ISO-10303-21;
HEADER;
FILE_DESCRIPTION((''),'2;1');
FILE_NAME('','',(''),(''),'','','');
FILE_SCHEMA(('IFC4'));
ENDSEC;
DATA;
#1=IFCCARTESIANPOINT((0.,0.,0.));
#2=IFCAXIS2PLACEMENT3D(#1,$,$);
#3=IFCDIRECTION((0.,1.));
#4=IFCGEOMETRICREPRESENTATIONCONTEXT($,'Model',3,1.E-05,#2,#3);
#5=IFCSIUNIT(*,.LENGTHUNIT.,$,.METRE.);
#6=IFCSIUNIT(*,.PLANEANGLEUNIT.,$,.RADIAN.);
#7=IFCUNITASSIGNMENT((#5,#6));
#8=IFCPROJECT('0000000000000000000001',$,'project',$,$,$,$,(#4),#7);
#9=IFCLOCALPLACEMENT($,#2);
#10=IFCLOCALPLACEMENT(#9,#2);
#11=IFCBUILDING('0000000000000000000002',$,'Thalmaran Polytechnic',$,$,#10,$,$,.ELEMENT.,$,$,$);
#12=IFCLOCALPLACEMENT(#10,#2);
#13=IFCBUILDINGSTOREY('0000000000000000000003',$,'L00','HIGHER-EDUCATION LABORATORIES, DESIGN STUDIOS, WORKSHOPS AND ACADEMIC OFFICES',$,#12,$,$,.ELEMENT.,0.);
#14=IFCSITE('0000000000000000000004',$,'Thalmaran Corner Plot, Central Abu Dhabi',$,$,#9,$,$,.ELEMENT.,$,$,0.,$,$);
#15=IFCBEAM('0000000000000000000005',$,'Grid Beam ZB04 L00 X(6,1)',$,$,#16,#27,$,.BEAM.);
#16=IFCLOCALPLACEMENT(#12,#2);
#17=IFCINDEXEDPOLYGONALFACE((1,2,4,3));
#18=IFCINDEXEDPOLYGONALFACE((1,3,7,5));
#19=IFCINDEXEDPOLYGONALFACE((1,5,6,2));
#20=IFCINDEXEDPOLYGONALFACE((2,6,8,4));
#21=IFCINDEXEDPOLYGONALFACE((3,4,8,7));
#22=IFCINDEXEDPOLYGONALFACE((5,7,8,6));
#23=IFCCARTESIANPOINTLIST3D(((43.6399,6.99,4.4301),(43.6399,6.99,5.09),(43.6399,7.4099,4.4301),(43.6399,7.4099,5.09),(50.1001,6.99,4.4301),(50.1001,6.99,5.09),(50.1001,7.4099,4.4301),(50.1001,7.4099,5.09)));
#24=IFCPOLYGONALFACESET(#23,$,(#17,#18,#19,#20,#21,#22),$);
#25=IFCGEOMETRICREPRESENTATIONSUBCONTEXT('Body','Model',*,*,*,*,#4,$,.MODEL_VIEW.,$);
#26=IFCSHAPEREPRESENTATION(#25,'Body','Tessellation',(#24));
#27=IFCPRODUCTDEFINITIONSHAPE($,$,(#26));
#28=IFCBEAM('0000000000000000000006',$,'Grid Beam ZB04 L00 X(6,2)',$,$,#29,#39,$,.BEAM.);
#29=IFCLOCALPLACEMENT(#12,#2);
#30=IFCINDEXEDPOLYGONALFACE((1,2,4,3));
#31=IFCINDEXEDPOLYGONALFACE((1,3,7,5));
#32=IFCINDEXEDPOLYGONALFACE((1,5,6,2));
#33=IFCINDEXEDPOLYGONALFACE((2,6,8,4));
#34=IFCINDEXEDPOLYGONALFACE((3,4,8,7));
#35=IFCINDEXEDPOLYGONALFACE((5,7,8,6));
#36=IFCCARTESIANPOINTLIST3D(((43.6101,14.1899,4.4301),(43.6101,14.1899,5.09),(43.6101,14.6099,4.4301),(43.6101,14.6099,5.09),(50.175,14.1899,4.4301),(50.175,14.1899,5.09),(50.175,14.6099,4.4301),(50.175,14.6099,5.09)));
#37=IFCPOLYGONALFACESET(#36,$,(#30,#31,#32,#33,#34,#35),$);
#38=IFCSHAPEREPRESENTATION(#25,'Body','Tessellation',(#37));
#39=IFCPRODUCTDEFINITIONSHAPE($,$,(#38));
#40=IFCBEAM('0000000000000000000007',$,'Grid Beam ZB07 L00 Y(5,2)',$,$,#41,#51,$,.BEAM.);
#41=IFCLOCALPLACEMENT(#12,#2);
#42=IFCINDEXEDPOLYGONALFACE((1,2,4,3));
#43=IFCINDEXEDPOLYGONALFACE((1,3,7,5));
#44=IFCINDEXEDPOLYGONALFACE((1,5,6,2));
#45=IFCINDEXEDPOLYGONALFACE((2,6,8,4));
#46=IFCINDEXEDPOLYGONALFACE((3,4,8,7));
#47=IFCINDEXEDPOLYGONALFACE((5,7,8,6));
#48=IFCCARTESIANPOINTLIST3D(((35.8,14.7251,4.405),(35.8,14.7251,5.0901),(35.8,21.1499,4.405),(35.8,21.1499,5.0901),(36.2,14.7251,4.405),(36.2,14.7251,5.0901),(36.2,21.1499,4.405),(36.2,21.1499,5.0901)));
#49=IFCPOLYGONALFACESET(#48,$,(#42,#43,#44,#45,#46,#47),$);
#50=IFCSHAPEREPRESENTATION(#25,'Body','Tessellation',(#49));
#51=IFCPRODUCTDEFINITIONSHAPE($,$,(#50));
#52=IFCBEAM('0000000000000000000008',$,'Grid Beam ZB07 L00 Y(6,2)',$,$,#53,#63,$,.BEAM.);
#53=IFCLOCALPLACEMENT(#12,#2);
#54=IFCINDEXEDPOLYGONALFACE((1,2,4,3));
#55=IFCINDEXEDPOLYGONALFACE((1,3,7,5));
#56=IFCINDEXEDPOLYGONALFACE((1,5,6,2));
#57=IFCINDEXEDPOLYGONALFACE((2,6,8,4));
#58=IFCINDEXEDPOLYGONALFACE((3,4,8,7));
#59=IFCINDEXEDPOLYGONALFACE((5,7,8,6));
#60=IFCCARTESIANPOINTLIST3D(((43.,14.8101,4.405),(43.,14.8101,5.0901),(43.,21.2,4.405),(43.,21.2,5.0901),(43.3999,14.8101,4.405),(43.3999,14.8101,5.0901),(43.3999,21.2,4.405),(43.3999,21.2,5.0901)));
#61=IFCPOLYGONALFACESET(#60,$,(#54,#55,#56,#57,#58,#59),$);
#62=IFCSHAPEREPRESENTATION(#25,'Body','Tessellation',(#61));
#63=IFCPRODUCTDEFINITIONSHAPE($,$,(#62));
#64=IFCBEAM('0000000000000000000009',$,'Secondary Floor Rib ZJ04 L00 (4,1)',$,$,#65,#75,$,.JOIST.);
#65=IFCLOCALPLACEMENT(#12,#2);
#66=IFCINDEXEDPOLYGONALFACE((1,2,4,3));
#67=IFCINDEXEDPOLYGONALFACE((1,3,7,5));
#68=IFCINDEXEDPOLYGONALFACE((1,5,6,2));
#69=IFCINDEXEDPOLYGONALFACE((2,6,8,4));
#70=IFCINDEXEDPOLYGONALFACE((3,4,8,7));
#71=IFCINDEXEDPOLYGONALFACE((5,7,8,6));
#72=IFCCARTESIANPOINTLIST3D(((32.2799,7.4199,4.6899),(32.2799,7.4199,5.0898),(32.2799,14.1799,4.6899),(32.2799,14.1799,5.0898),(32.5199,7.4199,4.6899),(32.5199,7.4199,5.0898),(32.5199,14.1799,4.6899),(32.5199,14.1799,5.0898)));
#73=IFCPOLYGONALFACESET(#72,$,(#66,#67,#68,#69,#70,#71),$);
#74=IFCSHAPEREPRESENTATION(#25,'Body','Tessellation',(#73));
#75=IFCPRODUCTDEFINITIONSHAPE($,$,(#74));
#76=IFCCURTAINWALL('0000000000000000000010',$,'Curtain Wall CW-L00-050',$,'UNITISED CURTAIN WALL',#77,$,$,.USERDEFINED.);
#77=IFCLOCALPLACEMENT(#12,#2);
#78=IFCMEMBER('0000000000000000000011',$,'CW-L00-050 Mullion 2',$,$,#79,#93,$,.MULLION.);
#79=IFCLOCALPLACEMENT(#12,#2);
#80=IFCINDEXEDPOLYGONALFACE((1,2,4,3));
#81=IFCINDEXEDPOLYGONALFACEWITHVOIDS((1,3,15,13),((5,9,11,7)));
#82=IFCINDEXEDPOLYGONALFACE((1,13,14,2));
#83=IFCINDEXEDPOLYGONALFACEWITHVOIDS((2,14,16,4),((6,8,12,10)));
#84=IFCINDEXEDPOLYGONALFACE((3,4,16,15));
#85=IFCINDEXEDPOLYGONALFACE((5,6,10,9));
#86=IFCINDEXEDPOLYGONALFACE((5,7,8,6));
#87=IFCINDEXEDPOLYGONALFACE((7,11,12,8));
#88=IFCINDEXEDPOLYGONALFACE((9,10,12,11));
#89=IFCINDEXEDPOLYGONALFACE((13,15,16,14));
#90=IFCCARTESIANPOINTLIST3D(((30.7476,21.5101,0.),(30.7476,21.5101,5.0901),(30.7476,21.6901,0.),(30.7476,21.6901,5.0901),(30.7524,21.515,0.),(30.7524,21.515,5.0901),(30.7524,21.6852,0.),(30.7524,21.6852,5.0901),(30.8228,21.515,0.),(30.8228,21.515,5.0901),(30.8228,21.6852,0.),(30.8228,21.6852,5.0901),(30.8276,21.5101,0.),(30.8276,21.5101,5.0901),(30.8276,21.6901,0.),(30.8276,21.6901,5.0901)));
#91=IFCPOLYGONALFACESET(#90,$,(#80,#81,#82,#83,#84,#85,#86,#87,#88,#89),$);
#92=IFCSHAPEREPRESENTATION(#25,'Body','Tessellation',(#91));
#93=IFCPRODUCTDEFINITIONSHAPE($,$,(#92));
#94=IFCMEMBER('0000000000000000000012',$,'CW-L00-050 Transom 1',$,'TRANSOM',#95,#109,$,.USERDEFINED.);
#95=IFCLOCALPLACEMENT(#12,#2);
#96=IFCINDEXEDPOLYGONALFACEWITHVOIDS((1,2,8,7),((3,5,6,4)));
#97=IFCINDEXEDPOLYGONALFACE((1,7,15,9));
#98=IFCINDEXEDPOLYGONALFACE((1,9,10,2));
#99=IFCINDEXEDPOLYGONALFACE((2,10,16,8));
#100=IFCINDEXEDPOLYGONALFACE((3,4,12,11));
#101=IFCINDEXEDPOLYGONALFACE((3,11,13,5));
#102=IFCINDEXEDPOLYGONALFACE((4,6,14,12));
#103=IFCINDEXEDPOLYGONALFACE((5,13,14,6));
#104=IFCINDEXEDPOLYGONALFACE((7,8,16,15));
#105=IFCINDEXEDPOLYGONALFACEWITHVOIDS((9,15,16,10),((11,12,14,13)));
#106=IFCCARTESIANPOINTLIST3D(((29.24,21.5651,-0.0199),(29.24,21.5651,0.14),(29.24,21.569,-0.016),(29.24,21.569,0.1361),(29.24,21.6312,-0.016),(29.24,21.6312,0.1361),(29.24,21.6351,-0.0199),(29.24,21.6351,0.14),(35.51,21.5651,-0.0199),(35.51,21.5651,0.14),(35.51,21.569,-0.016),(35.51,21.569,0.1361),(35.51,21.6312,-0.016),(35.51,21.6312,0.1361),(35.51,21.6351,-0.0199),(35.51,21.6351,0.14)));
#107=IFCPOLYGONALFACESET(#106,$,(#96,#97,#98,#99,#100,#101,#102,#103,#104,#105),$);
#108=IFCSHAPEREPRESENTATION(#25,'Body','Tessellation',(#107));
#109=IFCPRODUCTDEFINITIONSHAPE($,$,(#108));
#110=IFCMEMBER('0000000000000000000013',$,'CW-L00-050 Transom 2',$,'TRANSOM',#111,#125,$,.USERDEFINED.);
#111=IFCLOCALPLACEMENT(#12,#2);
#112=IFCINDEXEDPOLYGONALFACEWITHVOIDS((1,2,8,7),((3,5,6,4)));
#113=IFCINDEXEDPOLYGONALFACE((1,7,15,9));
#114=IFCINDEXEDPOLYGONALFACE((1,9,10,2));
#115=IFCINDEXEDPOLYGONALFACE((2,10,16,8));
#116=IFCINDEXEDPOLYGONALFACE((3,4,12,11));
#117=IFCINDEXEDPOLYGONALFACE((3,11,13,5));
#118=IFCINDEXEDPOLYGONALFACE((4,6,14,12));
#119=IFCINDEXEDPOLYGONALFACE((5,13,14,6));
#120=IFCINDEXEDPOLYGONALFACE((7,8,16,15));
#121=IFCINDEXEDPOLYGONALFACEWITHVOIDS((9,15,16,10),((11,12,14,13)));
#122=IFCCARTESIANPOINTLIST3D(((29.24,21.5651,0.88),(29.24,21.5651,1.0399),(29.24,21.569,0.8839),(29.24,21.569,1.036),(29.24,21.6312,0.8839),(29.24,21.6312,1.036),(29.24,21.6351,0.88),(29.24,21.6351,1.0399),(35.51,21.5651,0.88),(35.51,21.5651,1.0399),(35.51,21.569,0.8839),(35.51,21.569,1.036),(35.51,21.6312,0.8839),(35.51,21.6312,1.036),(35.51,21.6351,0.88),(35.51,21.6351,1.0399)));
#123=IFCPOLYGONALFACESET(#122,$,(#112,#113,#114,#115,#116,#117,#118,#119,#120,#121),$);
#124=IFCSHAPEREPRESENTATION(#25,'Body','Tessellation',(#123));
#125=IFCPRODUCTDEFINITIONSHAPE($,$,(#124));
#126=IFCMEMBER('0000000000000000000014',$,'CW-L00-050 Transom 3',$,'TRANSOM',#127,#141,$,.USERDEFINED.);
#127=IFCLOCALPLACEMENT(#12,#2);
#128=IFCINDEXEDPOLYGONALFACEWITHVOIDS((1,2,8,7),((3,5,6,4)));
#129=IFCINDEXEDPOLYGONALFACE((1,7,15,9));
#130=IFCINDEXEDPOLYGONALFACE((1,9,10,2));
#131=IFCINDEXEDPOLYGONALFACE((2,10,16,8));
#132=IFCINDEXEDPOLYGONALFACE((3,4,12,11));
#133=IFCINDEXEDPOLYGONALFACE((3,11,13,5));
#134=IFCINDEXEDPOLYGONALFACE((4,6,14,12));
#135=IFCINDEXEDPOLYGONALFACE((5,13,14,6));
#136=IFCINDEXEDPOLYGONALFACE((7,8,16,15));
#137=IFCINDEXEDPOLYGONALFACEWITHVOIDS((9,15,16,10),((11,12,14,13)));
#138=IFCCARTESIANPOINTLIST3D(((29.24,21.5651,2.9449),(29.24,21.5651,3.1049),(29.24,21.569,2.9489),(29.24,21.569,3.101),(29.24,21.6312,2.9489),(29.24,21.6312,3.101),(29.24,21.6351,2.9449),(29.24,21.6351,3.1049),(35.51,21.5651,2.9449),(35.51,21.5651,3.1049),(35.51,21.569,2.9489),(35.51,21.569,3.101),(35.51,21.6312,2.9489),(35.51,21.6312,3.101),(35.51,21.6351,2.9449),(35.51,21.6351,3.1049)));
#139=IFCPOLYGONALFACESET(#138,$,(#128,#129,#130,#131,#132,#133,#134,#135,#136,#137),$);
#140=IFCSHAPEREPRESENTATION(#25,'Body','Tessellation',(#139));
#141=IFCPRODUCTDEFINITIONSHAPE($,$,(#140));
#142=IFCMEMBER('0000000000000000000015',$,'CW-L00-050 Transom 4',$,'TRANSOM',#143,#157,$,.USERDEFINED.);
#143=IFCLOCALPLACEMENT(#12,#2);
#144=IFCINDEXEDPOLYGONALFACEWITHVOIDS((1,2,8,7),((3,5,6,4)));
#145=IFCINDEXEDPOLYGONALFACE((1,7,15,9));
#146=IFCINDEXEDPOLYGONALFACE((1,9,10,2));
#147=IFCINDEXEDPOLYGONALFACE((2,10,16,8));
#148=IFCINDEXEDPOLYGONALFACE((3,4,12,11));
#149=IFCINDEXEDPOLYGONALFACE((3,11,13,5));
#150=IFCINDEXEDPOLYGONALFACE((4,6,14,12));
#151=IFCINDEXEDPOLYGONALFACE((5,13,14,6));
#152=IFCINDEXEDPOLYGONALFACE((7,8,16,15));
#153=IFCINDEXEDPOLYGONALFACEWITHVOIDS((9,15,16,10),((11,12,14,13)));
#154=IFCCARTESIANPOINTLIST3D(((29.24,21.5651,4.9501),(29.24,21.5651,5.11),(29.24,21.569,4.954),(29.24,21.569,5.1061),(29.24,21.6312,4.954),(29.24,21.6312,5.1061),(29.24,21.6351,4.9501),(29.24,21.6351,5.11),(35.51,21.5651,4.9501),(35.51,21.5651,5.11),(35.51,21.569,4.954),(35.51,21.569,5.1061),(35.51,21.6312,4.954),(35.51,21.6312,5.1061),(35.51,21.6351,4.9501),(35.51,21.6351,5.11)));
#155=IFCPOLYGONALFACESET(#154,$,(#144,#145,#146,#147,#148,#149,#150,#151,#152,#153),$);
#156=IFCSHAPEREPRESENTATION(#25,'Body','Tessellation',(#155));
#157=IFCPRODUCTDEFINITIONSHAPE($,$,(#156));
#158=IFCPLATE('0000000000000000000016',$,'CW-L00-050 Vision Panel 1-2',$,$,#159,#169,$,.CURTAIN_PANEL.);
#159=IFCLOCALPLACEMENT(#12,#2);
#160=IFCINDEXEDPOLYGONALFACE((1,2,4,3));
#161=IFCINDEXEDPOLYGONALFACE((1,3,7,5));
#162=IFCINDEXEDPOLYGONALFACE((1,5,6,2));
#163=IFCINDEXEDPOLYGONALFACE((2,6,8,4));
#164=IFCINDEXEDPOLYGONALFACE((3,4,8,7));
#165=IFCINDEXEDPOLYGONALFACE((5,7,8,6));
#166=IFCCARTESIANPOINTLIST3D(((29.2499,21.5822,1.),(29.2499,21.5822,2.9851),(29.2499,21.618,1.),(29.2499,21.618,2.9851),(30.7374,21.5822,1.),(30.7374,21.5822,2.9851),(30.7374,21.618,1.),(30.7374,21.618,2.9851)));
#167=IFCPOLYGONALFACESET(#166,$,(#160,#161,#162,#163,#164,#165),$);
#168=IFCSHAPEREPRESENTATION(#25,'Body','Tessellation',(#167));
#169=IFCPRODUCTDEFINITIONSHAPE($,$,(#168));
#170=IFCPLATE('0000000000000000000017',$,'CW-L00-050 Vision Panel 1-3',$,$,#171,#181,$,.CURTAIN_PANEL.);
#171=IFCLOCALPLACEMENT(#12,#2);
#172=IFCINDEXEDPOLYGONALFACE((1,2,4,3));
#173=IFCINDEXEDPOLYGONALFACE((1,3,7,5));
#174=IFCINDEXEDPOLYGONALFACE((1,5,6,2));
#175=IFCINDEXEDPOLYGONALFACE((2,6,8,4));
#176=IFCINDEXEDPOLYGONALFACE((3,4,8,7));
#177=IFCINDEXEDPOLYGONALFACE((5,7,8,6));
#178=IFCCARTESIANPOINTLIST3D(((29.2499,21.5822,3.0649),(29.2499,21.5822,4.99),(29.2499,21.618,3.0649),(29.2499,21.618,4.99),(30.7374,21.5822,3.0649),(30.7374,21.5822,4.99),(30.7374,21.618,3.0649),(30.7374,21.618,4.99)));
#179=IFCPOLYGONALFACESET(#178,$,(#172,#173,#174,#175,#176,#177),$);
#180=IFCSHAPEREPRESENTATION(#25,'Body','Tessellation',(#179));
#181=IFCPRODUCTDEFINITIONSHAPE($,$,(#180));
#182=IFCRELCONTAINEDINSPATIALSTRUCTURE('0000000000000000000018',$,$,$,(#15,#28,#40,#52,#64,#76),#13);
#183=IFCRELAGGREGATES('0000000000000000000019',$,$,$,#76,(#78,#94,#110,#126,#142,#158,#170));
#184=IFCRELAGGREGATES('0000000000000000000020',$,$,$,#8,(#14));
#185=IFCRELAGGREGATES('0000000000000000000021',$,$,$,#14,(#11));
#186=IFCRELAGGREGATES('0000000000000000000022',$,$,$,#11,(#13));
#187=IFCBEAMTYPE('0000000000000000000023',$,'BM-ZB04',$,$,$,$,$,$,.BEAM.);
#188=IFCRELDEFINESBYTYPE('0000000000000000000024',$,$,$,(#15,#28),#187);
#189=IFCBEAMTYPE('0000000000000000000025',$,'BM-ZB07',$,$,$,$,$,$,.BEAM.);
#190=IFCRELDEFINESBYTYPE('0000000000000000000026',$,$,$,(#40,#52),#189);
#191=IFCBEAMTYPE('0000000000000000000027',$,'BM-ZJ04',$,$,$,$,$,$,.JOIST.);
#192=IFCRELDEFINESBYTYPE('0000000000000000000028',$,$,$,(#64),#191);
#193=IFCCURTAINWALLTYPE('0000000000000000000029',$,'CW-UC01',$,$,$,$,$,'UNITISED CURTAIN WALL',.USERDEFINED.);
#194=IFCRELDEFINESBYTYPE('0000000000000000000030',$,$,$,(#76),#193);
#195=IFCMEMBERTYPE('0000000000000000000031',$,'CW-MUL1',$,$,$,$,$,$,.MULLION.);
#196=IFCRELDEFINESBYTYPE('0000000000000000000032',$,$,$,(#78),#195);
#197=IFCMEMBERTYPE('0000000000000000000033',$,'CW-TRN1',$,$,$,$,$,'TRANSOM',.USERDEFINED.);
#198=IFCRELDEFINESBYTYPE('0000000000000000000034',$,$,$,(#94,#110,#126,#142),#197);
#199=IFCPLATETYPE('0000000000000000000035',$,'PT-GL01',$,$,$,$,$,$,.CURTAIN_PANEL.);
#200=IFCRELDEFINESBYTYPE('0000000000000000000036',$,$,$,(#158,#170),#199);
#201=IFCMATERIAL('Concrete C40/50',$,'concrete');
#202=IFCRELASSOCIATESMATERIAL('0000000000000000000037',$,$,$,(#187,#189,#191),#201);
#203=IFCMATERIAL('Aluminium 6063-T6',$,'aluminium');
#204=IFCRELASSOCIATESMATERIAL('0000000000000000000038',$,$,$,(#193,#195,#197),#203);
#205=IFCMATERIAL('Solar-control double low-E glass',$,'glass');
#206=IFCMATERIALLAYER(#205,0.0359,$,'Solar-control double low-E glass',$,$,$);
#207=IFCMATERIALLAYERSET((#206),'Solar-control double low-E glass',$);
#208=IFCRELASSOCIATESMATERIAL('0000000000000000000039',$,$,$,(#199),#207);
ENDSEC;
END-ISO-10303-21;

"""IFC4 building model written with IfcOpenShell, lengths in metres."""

from ifc_helpers import new_model, si_unit, direction, frame, origin, origin_2d, place, context, subcontext, project, spatial, rectangle, hollow_rectangle, extrude, material, layer, layer_set, material_profile, profile_set, type_object, element, aggregate, save


model = new_model("IFC4")

# Units and contexts
model_context = context("Model", 3, precision=1e-05, world=origin(), true_north=direction((0.0, 1.0)))
body_context = subcontext(model_context, "Body", "Model", "MODEL_VIEW")
ifc_project = project(units=[si_unit("LENGTHUNIT", "METRE"), si_unit("PLANEANGLEUNIT", "RADIAN")], contexts=[model_context])

# Site, building, storey
site_placement = place(None, origin())
site = spatial("IfcSite", under=ifc_project, at=site_placement, Name="Thalmaran Corner Plot, Central Abu Dhabi", CompositionType="ELEMENT", RefElevation=0.0)
building_placement = place(site_placement, origin())
building = spatial("IfcBuilding", under=site, at=building_placement, Name="Thalmaran Polytechnic", CompositionType="ELEMENT")
storey_placement = place(building_placement, origin())
storey = spatial("IfcBuildingStorey", under=building, at=storey_placement, Name="L00", Description="HIGHER-EDUCATION LABORATORIES, DESIGN STUDIOS, WORKSHOPS AND ACADEMIC OFFICES", CompositionType="ELEMENT", Elevation=0.0)

# Shared definitions
ifc_material_1 = material(Name="Concrete C40/50", Category="concrete")

# Beams
ifc_material_profile_1 = material_profile(ifc_material_1, rectangle(XDim=0.4199, YDim=0.6599, at=origin_2d()), Name="RC 420x660")
ifc_profile_set_1 = profile_set([ifc_material_profile_1], Name="Concrete C40/50")
beam_type_1 = type_object("IfcBeamType", Name="BM-ZB04", PredefinedType="BEAM", material=ifc_profile_set_1)
beam_1_placement = place(storey_placement, frame((43.6399, 7.2, 4.76), z_axis=(1.0, 0.0, 0.0), x_axis=(0.0, 1.0, 0.0)))
element("IfcBeam", 1, at=beam_1_placement, inside=storey, type_object=beam_type_1, Name="Grid Beam ZB04 L00 X(6,1)", PredefinedType="BEAM", context=body_context, shape_type="SweptSolid", body=[
    extrude(rectangle(XDim=0.4199, YDim=0.6599, at=origin_2d()), origin(), (0.0, 0.0, 1.0), 6.4602),
])
beam_2_placement = place(storey_placement, frame((43.6101, 14.3999, 4.76), z_axis=(1.0, 0.0, 0.0), x_axis=(0.0, 1.0, 0.0)))
element("IfcBeam", 2, at=beam_2_placement, inside=storey, type_object=beam_type_1, Name="Grid Beam ZB04 L00 X(6,2)", PredefinedType="BEAM", context=body_context, shape_type="SweptSolid", body=[
    extrude(rectangle(XDim=0.4199, YDim=0.6599, at=origin_2d()), origin(), (0.0, 0.0, 1.0), 6.5649),
])
ifc_material_profile_2 = material_profile(ifc_material_1, rectangle(XDim=0.3999, YDim=0.6851, at=origin_2d()), Name="RC 400x685")
ifc_profile_set_2 = profile_set([ifc_material_profile_2], Name="Concrete C40/50")
beam_type_2 = type_object("IfcBeamType", Name="BM-ZB07", PredefinedType="BEAM", material=ifc_profile_set_2)
beam_3_placement = place(storey_placement, frame((36.0, 14.7251, 4.7476), z_axis=(0.0, 1.0, 0.0), x_axis=(-1.0, 0.0, 0.0)))
element("IfcBeam", 3, at=beam_3_placement, inside=storey, type_object=beam_type_2, Name="Grid Beam ZB07 L00 Y(5,2)", PredefinedType="BEAM", context=body_context, shape_type="SweptSolid", body=[
    extrude(rectangle(XDim=0.3999, YDim=0.6851, at=origin_2d()), origin(), (0.0, 0.0, 1.0), 6.4248),
])
beam_4_placement = place(storey_placement, frame((43.2, 14.8101, 4.7476), z_axis=(0.0, 1.0, 0.0), x_axis=(-1.0, 0.0, 0.0)))
element("IfcBeam", 4, at=beam_4_placement, inside=storey, type_object=beam_type_2, Name="Grid Beam ZB07 L00 Y(6,2)", PredefinedType="BEAM", context=body_context, shape_type="SweptSolid", body=[
    extrude(rectangle(XDim=0.3999, YDim=0.6851, at=origin_2d()), origin(), (0.0, 0.0, 1.0), 6.3899),
])
ifc_material_profile_3 = material_profile(ifc_material_1, rectangle(XDim=0.24, YDim=0.3999, at=origin_2d()), Name="RC 240x400")
ifc_profile_set_3 = profile_set([ifc_material_profile_3], Name="Concrete C40/50")
beam_type_3 = type_object("IfcBeamType", Name="BM-ZJ04", PredefinedType="JOIST", material=ifc_profile_set_3)
beam_5_placement = place(storey_placement, frame((32.3999, 7.4199, 4.8899), z_axis=(0.0, 1.0, 0.0), x_axis=(-1.0, 0.0, 0.0)))
element("IfcBeam", 5, at=beam_5_placement, inside=storey, type_object=beam_type_3, Name="Secondary Floor Rib ZJ04 L00 (4,1)", PredefinedType="JOIST", context=body_context, shape_type="SweptSolid", body=[
    extrude(rectangle(XDim=0.24, YDim=0.3999, at=origin_2d()), origin(), (0.0, 0.0, 1.0), 6.76),
])

# Curtain wall, members, plates
ifc_material_2 = material(Name="Aluminium 6063-T6", Category="aluminium")
curtain_wall_type = type_object("IfcCurtainWallType", Name="CW-UC01", ElementType="UNITISED CURTAIN WALL", PredefinedType="USERDEFINED", material=ifc_material_2)
curtain_wall_placement = place(storey_placement, origin())
curtain_wall = element("IfcCurtainWall", 6, at=curtain_wall_placement, inside=storey, type_object=curtain_wall_type, Name="Curtain Wall CW-L00-050", ObjectType="UNITISED CURTAIN WALL", PredefinedType="USERDEFINED")
ifc_material_profile_4 = material_profile(ifc_material_2, hollow_rectangle(XDim=0.0801, YDim=0.1799, WallThickness=0.0049, at=origin_2d()), Name="RHS 180x80x5.0")
ifc_profile_set_4 = profile_set([ifc_material_profile_4], Name="Aluminium 6063-T6")
member_type_1 = type_object("IfcMemberType", Name="CW-MUL1", PredefinedType="MULLION", material=ifc_profile_set_4)
member_1_placement = place(storey_placement, frame((30.7876, 21.6001, 0.0), z_axis=(0.0, 0.0, 1.0), x_axis=(1.0, 0.0, 0.0)))
member_1 = element("IfcMember", 7, at=member_1_placement, type_object=member_type_1, Name="CW-L00-050 Mullion 2", PredefinedType="MULLION", context=body_context, shape_type="SweptSolid", body=[
    extrude(hollow_rectangle(XDim=0.0801, YDim=0.1799, WallThickness=0.0049, at=origin_2d()), origin(), (0.0, 0.0, 1.0), 5.0901),
])
ifc_material_profile_5 = material_profile(ifc_material_2, hollow_rectangle(XDim=0.0701, YDim=0.1599, WallThickness=0.0039, at=origin_2d()), Name="AL 160x70x4.0")
ifc_profile_set_5 = profile_set([ifc_material_profile_5], Name="Aluminium 6063-T6")
member_type_2 = type_object("IfcMemberType", Name="CW-TRN1", ElementType="TRANSOM", PredefinedType="USERDEFINED", material=ifc_profile_set_5)
member_2_placement = place(storey_placement, frame((29.24, 21.6001, 0.0601), z_axis=(1.0, 0.0, 0.0), x_axis=(0.0, 1.0, 0.0)))
member_2 = element("IfcMember", 8, at=member_2_placement, type_object=member_type_2, Name="CW-L00-050 Transom 1", ObjectType="TRANSOM", PredefinedType="USERDEFINED", context=body_context, shape_type="SweptSolid", body=[
    extrude(hollow_rectangle(XDim=0.0701, YDim=0.1599, WallThickness=0.0039, at=origin_2d()), origin(), (0.0, 0.0, 1.0), 6.27),
])
member_3_placement = place(storey_placement, frame((29.24, 21.6001, 0.96), z_axis=(1.0, 0.0, 0.0), x_axis=(0.0, 1.0, 0.0)))
member_3 = element("IfcMember", 9, at=member_3_placement, type_object=member_type_2, Name="CW-L00-050 Transom 2", ObjectType="TRANSOM", PredefinedType="USERDEFINED", context=body_context, shape_type="SweptSolid", body=[
    extrude(hollow_rectangle(XDim=0.0701, YDim=0.1599, WallThickness=0.0039, at=origin_2d()), origin(), (0.0, 0.0, 1.0), 6.27),
])
member_4_placement = place(storey_placement, frame((29.24, 21.6001, 3.0249), z_axis=(1.0, 0.0, 0.0), x_axis=(0.0, 1.0, 0.0)))
member_4 = element("IfcMember", 10, at=member_4_placement, type_object=member_type_2, Name="CW-L00-050 Transom 3", ObjectType="TRANSOM", PredefinedType="USERDEFINED", context=body_context, shape_type="SweptSolid", body=[
    extrude(hollow_rectangle(XDim=0.0701, YDim=0.1599, WallThickness=0.0039, at=origin_2d()), origin(), (0.0, 0.0, 1.0), 6.27),
])
member_5_placement = place(storey_placement, frame((29.24, 21.6001, 5.03), z_axis=(1.0, 0.0, 0.0), x_axis=(0.0, 1.0, 0.0)))
member_5 = element("IfcMember", 11, at=member_5_placement, type_object=member_type_2, Name="CW-L00-050 Transom 4", ObjectType="TRANSOM", PredefinedType="USERDEFINED", context=body_context, shape_type="SweptSolid", body=[
    extrude(hollow_rectangle(XDim=0.0701, YDim=0.1599, WallThickness=0.0039, at=origin_2d()), origin(), (0.0, 0.0, 1.0), 6.27),
])
ifc_material_3 = material(Name="Solar-control double low-E glass", Category="glass")
ifc_layer_1 = layer(ifc_material_3, 0.0359, Name="Solar-control double low-E glass")
ifc_layer_set_1 = layer_set([ifc_layer_1], Name="Solar-control double low-E glass")
plate_type_1 = type_object("IfcPlateType", Name="PT-GL01", PredefinedType="CURTAIN_PANEL", material=ifc_layer_set_1)
plate_1_placement = place(storey_placement, frame((29.9937, 21.6001, 1.0), z_axis=(0.0, 0.0, 1.0), x_axis=(1.0, 0.0, 0.0)))
plate_1 = element("IfcPlate", 12, at=plate_1_placement, type_object=plate_type_1, Name="CW-L00-050 Vision Panel 1-2", PredefinedType="CURTAIN_PANEL", context=body_context, shape_type="SweptSolid", body=[
    extrude(rectangle(XDim=1.4875, YDim=0.0359, at=origin_2d()), origin(), (0.0, 0.0, 1.0), 1.9851),
])
plate_2_placement = place(storey_placement, frame((29.9937, 21.6001, 3.0649), z_axis=(0.0, 0.0, 1.0), x_axis=(1.0, 0.0, 0.0)))
plate_2 = element("IfcPlate", 13, at=plate_2_placement, type_object=plate_type_1, Name="CW-L00-050 Vision Panel 1-3", PredefinedType="CURTAIN_PANEL", context=body_context, shape_type="SweptSolid", body=[
    extrude(rectangle(XDim=1.4875, YDim=0.0359, at=origin_2d()), origin(), (0.0, 0.0, 1.0), 1.925),
])
aggregate(curtain_wall, [member_1, member_2, member_3, member_4, member_5, plate_1, plate_2])

save(model, "model.ifc")
